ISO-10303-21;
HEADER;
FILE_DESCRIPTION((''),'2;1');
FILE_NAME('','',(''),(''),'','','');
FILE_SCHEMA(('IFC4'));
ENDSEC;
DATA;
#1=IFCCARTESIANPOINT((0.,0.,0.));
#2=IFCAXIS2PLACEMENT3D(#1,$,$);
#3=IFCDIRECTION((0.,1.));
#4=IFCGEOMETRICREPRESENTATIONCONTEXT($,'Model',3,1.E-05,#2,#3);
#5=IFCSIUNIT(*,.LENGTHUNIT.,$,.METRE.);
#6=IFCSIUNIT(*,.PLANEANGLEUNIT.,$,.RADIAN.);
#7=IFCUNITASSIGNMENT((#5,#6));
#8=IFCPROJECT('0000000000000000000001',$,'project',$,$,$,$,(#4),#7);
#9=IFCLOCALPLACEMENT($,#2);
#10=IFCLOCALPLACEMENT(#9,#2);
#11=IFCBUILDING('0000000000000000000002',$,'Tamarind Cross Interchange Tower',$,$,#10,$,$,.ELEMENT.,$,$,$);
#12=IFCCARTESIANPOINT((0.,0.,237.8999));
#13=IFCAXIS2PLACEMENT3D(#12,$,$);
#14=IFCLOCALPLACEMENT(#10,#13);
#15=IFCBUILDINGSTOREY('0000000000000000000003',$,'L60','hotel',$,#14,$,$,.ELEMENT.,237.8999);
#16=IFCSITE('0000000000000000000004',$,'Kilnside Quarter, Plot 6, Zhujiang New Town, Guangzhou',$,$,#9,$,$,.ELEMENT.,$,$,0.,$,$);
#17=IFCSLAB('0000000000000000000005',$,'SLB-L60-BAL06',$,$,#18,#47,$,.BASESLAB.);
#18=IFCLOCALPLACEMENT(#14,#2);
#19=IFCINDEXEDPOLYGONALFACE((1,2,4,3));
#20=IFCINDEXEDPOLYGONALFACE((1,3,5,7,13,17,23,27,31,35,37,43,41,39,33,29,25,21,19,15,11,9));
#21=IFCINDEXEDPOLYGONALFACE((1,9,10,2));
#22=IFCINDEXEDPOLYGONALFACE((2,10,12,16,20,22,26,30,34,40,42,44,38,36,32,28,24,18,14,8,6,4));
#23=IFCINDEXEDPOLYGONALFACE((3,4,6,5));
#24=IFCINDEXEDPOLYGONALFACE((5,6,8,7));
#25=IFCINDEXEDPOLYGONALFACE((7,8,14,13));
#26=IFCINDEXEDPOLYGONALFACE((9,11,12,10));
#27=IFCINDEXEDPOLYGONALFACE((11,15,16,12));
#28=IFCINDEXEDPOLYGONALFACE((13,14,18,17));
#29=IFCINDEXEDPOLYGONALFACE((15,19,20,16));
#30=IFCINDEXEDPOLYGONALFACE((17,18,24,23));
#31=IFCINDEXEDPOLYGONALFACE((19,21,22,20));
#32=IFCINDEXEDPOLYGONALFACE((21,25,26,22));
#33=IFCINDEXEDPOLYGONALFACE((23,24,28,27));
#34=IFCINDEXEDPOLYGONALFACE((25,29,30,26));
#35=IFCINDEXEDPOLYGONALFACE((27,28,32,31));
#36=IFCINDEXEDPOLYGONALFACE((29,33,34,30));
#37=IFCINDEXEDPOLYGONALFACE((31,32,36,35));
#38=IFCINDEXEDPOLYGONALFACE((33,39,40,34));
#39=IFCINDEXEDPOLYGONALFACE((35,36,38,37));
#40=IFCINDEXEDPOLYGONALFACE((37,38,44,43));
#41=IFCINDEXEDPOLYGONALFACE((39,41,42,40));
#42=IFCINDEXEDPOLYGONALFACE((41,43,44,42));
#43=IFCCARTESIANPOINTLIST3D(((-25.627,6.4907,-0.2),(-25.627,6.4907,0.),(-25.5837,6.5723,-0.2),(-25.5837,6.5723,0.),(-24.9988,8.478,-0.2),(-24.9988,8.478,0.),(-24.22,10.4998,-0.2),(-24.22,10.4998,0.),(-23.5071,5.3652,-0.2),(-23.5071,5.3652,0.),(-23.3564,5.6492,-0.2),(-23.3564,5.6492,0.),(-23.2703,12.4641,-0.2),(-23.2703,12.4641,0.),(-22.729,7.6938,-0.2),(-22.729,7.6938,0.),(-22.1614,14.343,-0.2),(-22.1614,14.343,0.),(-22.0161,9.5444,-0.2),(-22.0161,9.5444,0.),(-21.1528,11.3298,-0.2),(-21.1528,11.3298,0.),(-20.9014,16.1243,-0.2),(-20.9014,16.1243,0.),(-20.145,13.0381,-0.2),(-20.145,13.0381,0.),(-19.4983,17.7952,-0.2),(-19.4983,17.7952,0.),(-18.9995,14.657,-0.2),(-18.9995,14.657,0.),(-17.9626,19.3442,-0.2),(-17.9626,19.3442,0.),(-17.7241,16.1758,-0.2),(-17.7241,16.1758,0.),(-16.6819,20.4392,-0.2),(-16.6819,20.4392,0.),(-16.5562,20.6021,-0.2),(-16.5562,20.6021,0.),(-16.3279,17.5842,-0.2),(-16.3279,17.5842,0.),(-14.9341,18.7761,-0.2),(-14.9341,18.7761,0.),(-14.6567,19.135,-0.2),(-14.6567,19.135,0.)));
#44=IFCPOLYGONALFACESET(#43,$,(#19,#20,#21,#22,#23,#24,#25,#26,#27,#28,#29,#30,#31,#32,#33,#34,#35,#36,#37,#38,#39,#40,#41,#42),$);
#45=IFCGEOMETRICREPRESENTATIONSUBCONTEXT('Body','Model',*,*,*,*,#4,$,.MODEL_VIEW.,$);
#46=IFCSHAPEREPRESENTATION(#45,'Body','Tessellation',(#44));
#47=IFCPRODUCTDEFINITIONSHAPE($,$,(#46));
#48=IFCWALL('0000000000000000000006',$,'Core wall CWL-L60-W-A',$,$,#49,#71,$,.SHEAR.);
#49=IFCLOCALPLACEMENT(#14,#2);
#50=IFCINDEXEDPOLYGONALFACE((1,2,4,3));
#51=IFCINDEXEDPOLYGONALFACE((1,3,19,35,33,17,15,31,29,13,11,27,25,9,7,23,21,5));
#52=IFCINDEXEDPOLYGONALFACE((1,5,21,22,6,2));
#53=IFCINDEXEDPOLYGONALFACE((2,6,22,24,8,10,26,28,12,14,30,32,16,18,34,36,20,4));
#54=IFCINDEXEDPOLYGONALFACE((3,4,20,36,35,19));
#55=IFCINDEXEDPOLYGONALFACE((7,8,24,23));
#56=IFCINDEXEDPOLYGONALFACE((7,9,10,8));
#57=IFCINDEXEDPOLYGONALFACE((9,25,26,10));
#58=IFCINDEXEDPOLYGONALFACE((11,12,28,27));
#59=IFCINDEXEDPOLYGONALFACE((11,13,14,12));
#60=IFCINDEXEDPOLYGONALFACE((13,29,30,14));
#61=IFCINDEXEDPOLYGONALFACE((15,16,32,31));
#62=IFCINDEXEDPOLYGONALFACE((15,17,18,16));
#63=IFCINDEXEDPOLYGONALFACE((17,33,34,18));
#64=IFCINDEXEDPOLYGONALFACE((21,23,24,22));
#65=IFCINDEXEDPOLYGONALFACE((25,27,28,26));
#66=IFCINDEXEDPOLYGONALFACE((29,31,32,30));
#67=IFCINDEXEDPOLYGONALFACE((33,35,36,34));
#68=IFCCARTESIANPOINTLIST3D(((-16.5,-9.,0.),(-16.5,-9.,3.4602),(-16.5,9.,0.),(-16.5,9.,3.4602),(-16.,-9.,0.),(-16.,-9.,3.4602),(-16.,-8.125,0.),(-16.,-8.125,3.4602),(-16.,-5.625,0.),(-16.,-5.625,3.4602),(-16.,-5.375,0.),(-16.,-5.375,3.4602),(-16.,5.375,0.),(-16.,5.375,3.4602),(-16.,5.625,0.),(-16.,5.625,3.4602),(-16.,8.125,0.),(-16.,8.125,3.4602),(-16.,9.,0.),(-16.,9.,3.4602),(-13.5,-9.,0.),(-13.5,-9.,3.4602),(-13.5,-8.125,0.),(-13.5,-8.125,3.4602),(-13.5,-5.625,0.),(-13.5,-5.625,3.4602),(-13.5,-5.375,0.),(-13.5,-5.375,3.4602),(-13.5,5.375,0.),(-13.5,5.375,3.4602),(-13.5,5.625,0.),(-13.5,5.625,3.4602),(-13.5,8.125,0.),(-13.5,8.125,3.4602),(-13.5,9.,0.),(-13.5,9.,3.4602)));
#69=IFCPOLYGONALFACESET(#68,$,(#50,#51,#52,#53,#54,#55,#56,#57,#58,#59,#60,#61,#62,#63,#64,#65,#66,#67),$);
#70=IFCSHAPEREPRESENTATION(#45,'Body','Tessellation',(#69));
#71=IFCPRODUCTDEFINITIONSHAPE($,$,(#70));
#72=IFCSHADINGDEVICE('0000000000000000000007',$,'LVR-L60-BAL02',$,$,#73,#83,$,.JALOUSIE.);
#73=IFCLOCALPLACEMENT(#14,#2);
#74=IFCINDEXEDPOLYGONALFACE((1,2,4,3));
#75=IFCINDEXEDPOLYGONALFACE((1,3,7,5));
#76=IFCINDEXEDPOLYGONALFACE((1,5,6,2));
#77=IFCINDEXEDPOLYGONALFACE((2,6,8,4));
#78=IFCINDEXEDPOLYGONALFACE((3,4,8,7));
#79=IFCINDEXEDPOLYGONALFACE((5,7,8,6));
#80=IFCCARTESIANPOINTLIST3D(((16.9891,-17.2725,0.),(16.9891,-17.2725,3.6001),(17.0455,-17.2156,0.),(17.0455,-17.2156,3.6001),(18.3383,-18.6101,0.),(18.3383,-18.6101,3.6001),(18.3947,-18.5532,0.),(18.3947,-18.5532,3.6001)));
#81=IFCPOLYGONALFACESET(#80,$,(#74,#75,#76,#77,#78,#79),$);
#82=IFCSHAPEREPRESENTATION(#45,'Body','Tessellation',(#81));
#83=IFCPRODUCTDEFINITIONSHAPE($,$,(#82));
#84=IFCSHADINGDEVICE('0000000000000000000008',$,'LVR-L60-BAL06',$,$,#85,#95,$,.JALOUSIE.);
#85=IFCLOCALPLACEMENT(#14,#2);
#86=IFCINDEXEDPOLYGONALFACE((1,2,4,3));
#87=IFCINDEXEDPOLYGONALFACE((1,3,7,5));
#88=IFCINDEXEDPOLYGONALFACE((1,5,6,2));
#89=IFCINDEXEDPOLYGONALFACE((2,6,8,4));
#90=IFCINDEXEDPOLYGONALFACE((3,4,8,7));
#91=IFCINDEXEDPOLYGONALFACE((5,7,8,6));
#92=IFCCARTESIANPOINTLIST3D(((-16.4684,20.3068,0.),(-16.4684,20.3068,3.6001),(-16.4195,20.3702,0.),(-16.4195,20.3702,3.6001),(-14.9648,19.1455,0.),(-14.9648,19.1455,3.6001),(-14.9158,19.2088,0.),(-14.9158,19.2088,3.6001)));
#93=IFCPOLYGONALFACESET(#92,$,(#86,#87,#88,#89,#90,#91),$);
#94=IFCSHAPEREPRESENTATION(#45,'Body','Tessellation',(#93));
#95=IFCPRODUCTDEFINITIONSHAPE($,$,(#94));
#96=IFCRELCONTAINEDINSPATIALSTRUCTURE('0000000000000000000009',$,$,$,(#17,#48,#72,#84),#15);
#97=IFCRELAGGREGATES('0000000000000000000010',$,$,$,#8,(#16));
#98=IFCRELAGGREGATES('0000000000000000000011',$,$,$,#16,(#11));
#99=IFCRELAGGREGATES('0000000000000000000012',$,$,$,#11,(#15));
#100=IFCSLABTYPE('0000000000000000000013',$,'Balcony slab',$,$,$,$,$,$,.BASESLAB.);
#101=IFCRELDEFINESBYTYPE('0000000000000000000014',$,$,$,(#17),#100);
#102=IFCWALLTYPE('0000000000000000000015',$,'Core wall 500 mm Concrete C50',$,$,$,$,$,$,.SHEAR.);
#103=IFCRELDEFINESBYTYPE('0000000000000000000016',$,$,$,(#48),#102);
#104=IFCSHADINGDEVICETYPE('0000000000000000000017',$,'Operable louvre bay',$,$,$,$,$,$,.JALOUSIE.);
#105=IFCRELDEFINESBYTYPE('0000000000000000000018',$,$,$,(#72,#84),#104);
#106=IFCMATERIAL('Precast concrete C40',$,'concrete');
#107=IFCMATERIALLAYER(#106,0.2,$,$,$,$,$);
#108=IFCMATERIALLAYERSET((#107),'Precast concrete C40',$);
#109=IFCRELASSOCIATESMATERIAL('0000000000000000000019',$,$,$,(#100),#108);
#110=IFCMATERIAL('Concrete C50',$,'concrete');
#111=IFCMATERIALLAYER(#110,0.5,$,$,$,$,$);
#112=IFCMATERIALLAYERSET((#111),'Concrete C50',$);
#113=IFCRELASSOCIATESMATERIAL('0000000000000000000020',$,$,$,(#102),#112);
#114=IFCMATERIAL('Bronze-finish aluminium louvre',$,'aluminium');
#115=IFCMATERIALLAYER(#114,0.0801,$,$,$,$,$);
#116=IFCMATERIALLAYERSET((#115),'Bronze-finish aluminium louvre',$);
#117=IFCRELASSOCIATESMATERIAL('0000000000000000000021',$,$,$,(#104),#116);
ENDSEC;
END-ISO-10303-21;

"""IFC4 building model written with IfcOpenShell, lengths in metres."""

from ifc_helpers import new_model, si_unit, direction, frame, origin, origin_2d, place, context, subcontext, project, spatial, polyline, rectangle, outline, extrude, material, layer, layer_set, type_object, element, save


model = new_model("IFC4")

# Units and contexts
model_context = context("Model", 3, precision=1e-05, world=origin(), true_north=direction((0.0, 1.0)))
body_context = subcontext(model_context, "Body", "Model", "MODEL_VIEW")
ifc_project = project(units=[si_unit("LENGTHUNIT", "METRE"), si_unit("PLANEANGLEUNIT", "RADIAN")], contexts=[model_context])

# Site, building, storey
site_placement = place(None, origin())
site = spatial("IfcSite", under=ifc_project, at=site_placement, Name="Kilnside Quarter, Plot 6, Zhujiang New Town, Guangzhou", CompositionType="ELEMENT", RefElevation=0.0)
building_placement = place(site_placement, origin())
building = spatial("IfcBuilding", under=site, at=building_placement, Name="Tamarind Cross Interchange Tower", CompositionType="ELEMENT")
storey_placement = place(building_placement, frame((0.0, 0.0, 237.8999)))
storey = spatial("IfcBuildingStorey", under=building, at=storey_placement, Name="L60", Description="hotel", CompositionType="ELEMENT", Elevation=237.8999)

# Slab
ifc_material_1 = material(Name="Precast concrete C40", Category="concrete")
ifc_layer_1 = layer(ifc_material_1, 0.2)
ifc_layer_set_1 = layer_set([ifc_layer_1], Name="Precast concrete C40")
slab_type = type_object("IfcSlabType", Name="Balcony slab", PredefinedType="BASESLAB", material=ifc_layer_set_1)
slab_1_placement = place(storey_placement, frame((0.0, 0.0, -0.2)))
element("IfcSlab", 1, at=slab_1_placement, inside=storey, type_object=slab_type, Name="SLB-L60-BAL06", PredefinedType="BASESLAB", context=body_context, shape_type="SweptSolid", body=[
    extrude(outline(polyline([(-14.6567, 19.135), (-14.9341, 18.7761), (-16.3279, 17.5842), (-17.7241, 16.1758), (-18.9995, 14.657), (-20.145, 13.0381), (-21.1528, 11.3298), (-22.0161, 9.5444), (-22.729, 7.6938), (-23.3564, 5.6492), (-23.5071, 5.3652), (-25.627, 6.4907), (-25.5837, 6.5723), (-24.9988, 8.478), (-24.22, 10.4998), (-23.2703, 12.4641), (-22.1614, 14.343), (-20.9014, 16.1243), (-19.4983, 17.7952), (-17.9626, 19.3442), (-16.6819, 20.4392), (-16.5562, 20.6021), (-14.6567, 19.135)])), origin(), (0.0, 0.0, 1.0), 0.2),
])

# Wall
ifc_material_2 = material(Name="Concrete C50", Category="concrete")
ifc_layer_2 = layer(ifc_material_2, 0.5)
ifc_layer_set_2 = layer_set([ifc_layer_2], Name="Concrete C50")
wall_type = type_object("IfcWallType", Name="Core wall 500 mm Concrete C50", PredefinedType="SHEAR", material=ifc_layer_set_2)
wall_placement = place(storey_placement, origin())
element("IfcWall", 2, at=wall_placement, inside=storey, type_object=wall_type, Name="Core wall CWL-L60-W-A", PredefinedType="SHEAR", context=body_context, shape_type="SweptSolid", body=[
    extrude(outline(polyline([(-13.5, -8.125), (-16.0, -8.125), (-16.0, -5.625), (-13.5, -5.625), (-13.5, -5.375), (-16.0, -5.375), (-16.0, 5.375), (-13.5, 5.375), (-13.5, 5.625), (-16.0, 5.625), (-16.0, 8.125), (-13.5, 8.125), (-13.5, 9.0), (-16.0, 9.0), (-16.5, 9.0), (-16.5, -9.0), (-16.0, -9.0), (-13.5, -9.0), (-13.5, -8.125)])), origin(), (0.0, 0.0, 1.0), 3.4602),
])

# Shading devices
ifc_material_3 = material(Name="Bronze-finish aluminium louvre", Category="aluminium")
ifc_layer_3 = layer(ifc_material_3, 0.0801)
ifc_layer_set_3 = layer_set([ifc_layer_3], Name="Bronze-finish aluminium louvre")
shading_device_type = type_object("IfcShadingDeviceType", Name="Operable louvre bay", PredefinedType="JALOUSIE", material=ifc_layer_set_3)
shading_device_1_placement = place(storey_placement, origin())
element("IfcShadingDevice", 3, at=shading_device_1_placement, inside=storey, type_object=shading_device_type, Name="LVR-L60-BAL02", PredefinedType="JALOUSIE", context=body_context, shape_type="SweptSolid", body=[
    extrude(rectangle(XDim=1.8999, YDim=0.0801, at=origin_2d()), frame((17.6919, -17.9128, 0.0), z_axis=(0.0, 0.0, 1.0), x_axis=(0.710143, -0.704057, 0.0)), (0.0, 0.0, 1.0), 3.6001),
])
shading_device_2_placement = place(storey_placement, origin())
element("IfcShadingDevice", 4, at=shading_device_2_placement, inside=storey, type_object=shading_device_type, Name="LVR-L60-BAL06", PredefinedType="JALOUSIE", context=body_context, shape_type="SweptSolid", body=[
    extrude(rectangle(XDim=1.8999, YDim=0.0801, at=origin_2d()), frame((-15.6921, 19.7578, 0.0), z_axis=(0.0, 0.0, 1.0), x_axis=(-0.791441, 0.611246, 0.0)), (0.0, 0.0, 1.0), 3.6001),
])

save(model, "model.ifc")
